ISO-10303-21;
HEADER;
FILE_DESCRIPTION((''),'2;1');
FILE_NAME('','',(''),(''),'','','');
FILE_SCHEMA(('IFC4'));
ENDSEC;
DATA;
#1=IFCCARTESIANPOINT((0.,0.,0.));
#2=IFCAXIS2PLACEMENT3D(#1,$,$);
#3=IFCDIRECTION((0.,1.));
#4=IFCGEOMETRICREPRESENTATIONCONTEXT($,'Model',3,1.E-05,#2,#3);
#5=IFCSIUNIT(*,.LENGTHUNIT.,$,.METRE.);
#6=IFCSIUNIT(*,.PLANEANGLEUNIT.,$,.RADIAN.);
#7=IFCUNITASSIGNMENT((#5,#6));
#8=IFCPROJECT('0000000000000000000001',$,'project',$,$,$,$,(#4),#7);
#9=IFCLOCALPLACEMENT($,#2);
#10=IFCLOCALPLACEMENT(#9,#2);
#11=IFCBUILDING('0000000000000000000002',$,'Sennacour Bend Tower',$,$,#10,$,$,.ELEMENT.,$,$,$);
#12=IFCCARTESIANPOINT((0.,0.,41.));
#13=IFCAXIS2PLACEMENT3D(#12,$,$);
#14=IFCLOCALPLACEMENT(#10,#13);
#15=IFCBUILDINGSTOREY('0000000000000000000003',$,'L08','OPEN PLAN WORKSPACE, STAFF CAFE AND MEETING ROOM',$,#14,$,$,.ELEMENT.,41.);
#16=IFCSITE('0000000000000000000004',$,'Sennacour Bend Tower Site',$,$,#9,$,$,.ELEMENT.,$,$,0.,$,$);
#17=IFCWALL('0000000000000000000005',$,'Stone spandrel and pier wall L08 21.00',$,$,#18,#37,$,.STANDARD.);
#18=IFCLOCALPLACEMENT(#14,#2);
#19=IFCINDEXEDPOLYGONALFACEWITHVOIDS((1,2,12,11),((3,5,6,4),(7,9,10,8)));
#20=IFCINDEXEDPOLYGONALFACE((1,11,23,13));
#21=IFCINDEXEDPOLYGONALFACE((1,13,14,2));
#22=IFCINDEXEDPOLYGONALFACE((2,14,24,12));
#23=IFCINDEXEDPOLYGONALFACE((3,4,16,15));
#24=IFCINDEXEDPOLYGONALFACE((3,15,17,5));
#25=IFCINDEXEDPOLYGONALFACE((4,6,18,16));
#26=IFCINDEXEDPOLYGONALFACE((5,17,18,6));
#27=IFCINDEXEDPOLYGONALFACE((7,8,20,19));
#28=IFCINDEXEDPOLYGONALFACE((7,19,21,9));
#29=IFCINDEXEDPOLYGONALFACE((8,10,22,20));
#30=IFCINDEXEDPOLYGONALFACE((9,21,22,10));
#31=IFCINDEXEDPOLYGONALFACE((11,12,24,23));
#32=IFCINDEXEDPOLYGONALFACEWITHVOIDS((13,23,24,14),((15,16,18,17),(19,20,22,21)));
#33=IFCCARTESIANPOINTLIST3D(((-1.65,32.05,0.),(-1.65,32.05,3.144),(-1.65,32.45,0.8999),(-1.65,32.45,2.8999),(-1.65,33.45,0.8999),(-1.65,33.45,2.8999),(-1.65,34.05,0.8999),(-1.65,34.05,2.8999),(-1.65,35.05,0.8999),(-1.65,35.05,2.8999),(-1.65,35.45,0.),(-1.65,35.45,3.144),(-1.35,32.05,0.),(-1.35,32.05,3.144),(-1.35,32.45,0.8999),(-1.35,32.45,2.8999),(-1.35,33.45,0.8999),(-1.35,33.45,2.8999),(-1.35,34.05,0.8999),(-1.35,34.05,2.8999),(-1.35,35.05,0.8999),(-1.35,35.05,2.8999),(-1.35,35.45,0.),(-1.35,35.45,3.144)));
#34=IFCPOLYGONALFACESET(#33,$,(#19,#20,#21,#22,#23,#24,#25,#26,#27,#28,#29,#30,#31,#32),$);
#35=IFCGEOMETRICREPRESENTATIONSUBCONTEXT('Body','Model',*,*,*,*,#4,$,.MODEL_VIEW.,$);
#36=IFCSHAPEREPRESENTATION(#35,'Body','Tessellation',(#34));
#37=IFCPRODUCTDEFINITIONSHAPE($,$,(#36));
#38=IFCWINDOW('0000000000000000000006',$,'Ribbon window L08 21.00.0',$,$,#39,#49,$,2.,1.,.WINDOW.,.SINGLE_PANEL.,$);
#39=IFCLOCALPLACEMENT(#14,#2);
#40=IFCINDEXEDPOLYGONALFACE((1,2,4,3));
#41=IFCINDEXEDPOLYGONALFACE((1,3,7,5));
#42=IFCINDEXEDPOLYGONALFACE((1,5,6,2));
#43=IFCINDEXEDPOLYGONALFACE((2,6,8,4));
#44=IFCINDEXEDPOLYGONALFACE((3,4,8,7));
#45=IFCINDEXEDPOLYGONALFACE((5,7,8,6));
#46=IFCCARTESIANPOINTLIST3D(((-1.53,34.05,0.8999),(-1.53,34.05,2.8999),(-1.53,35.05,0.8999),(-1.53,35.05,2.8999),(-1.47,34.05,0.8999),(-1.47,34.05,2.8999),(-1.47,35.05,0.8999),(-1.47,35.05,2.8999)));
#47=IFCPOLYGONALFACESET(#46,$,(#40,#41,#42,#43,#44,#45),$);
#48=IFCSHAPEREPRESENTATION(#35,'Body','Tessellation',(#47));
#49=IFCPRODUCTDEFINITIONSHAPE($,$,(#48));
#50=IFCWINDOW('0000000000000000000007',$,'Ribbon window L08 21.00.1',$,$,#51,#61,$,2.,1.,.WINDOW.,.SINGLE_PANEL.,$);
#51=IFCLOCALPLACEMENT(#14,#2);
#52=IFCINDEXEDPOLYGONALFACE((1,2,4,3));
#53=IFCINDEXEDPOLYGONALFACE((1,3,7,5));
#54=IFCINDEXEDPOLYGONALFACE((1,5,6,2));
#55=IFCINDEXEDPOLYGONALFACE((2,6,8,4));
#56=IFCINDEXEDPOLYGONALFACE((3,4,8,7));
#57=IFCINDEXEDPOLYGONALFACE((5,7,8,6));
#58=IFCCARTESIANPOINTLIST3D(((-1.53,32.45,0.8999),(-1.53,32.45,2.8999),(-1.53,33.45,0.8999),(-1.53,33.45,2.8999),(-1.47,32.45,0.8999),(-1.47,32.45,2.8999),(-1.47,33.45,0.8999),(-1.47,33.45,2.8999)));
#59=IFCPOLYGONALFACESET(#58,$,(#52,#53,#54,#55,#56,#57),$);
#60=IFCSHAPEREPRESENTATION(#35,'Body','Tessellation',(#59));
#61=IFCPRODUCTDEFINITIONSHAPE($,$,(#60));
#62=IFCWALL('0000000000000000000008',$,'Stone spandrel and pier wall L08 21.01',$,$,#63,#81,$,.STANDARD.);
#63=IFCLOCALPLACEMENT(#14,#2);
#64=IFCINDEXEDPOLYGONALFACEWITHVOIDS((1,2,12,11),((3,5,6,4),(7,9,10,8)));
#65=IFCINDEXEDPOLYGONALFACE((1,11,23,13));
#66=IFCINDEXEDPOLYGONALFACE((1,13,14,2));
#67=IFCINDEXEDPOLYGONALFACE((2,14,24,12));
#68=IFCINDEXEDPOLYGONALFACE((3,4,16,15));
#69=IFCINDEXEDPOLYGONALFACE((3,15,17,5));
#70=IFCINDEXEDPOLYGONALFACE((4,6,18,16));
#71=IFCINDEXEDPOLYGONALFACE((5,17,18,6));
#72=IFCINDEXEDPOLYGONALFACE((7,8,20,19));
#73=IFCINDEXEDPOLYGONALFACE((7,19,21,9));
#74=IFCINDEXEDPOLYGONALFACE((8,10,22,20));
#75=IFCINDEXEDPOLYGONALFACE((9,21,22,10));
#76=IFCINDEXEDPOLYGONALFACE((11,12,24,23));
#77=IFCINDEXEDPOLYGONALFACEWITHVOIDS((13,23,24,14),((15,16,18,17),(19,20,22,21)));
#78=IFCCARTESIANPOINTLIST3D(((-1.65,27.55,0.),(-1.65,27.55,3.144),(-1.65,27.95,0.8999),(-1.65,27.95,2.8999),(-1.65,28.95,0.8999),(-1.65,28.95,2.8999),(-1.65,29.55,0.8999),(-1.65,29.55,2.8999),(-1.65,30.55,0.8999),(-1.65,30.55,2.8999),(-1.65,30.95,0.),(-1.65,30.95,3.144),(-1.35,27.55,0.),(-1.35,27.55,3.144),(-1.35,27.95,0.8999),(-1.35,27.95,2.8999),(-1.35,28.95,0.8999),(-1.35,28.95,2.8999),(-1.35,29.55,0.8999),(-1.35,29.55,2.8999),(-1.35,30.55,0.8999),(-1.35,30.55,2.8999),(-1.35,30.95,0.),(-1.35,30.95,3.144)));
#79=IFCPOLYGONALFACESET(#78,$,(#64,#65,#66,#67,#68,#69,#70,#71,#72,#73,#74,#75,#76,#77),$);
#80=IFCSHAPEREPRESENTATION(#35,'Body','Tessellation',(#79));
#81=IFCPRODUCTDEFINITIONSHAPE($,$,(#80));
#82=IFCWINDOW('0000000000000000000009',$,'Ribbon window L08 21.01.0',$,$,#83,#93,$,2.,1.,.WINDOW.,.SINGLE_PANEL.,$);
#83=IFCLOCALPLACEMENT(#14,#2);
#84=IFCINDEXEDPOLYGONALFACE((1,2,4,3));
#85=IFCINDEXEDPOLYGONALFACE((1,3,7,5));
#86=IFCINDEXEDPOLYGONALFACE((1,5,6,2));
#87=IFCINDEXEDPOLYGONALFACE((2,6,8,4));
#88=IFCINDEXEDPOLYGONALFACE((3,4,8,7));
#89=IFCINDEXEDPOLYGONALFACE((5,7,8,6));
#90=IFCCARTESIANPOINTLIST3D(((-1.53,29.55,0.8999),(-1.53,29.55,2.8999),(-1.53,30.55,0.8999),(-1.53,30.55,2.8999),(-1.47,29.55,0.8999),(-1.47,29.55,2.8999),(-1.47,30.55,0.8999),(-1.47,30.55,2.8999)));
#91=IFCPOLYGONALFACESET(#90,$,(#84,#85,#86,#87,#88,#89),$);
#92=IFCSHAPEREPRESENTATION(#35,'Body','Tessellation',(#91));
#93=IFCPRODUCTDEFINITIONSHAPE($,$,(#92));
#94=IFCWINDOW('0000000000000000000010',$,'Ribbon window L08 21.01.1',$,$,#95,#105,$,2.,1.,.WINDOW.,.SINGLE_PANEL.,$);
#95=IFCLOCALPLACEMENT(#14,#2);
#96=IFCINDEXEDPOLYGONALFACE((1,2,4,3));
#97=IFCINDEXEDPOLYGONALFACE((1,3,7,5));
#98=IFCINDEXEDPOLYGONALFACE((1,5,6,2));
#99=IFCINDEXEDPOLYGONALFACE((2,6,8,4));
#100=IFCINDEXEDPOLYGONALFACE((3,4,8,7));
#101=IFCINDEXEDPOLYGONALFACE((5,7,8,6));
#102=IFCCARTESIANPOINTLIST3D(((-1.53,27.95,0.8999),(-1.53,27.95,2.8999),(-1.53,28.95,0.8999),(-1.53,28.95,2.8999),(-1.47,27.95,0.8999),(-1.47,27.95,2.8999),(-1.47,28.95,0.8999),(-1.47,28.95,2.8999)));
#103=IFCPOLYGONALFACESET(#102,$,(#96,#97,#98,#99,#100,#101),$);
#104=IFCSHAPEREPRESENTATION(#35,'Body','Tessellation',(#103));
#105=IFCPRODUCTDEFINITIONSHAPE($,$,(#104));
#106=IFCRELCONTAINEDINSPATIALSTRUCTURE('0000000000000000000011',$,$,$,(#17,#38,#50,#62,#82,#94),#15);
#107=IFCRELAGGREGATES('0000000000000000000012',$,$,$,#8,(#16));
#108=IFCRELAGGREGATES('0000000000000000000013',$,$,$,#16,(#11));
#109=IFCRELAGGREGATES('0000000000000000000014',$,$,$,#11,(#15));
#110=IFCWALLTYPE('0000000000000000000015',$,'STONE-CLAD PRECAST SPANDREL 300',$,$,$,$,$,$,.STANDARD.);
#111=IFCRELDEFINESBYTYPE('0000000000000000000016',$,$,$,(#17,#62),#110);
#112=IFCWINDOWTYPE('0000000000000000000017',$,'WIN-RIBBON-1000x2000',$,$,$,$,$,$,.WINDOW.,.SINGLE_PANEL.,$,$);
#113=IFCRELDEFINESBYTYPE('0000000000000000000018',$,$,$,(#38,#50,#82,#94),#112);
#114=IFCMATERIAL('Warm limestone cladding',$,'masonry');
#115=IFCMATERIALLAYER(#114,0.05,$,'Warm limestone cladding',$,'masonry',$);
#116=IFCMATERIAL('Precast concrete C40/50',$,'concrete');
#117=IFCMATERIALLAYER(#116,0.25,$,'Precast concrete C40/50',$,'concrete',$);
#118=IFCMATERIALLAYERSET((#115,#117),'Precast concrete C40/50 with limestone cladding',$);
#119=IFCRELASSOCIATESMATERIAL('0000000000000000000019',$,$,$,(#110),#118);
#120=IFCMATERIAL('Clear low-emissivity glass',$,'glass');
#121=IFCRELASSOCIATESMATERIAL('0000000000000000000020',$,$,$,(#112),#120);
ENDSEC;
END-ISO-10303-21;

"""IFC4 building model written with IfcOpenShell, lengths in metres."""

from ifc_helpers import new_model, si_unit, direction, frame, frame_2d, origin, place, context, subcontext, project, spatial, rectangle, extrude, material, layer, layer_set, type_object, element, fill, save


model = new_model("IFC4")

# Units and contexts
model_context = context("Model", 3, precision=1e-05, world=origin(), true_north=direction((0.0, 1.0)))
body_context = subcontext(model_context, "Body", "Model", "MODEL_VIEW")
ifc_project = project(units=[si_unit("LENGTHUNIT", "METRE"), si_unit("PLANEANGLEUNIT", "RADIAN")], contexts=[model_context])

# Site, building, storey
site_placement = place(None, origin())
site = spatial("IfcSite", under=ifc_project, at=site_placement, Name="Sennacour Bend Tower Site", CompositionType="ELEMENT", RefElevation=0.0)
building_placement = place(site_placement, origin())
building = spatial("IfcBuilding", under=site, at=building_placement, Name="Sennacour Bend Tower", CompositionType="ELEMENT")
storey_placement = place(building_placement, frame((0.0, 0.0, 41.0)))
storey = spatial("IfcBuildingStorey", under=building, at=storey_placement, Name="L08", Description="OPEN PLAN WORKSPACE, STAFF CAFE AND MEETING ROOM", CompositionType="ELEMENT", Elevation=41.0)

# Shared definitions
ifc_material_1 = material(Name="Warm limestone cladding", Category="masonry")
ifc_layer_1 = layer(ifc_material_1, 0.05, Name="Warm limestone cladding", Category="masonry")
ifc_material_2 = material(Name="Precast concrete C40/50", Category="concrete")
ifc_layer_2 = layer(ifc_material_2, 0.25, Name="Precast concrete C40/50", Category="concrete")
ifc_layer_set_1 = layer_set([ifc_layer_1, ifc_layer_2], Name="Precast concrete C40/50 with limestone cladding")
wall_type_1 = type_object("IfcWallType", Name="STONE-CLAD PRECAST SPANDREL 300", PredefinedType="STANDARD", material=ifc_layer_set_1)

# Walls, openings, windows
wall_1_placement = place(storey_placement, frame((-1.5, 35.45, 0.0), z_axis=(0.0, 0.0, 1.0), x_axis=(0.0, -1.0, 0.0)))
wall_1 = element("IfcWall", 1, at=wall_1_placement, inside=storey, type_object=wall_type_1, Name="Stone spandrel and pier wall L08 21.00", PredefinedType="STANDARD", context=body_context, shape_type="SweptSolid", body=[
    extrude(rectangle(XDim=3.3999, YDim=0.3, at=frame_2d((1.7, 0.0))), origin(), (0.0, 0.0, 1.0), 3.144),
])
opening_1_placement = place(wall_1_placement, frame((0.3999, 0.0, 0.8999)))
opening_1 = element("IfcOpeningElement", 2, at=opening_1_placement, cuts=wall_1, PredefinedType="OPENING", context=body_context, shape_type="SweptSolid", body=[
    extrude(rectangle(XDim=1.0, YDim=2.0, at=frame_2d((0.5, 1.0))), frame((0.0, 0.1602, 0.0), z_axis=(0.0, -1.0, 0.0), x_axis=(1.0, 0.0, 0.0)), (0.0, 0.0, 1.0), 0.3201),
])
opening_2_placement = place(wall_1_placement, frame((2.0, 0.0, 0.8999)))
opening_2 = element("IfcOpeningElement", 3, at=opening_2_placement, cuts=wall_1, PredefinedType="OPENING", context=body_context, shape_type="SweptSolid", body=[
    extrude(rectangle(XDim=1.0, YDim=2.0, at=frame_2d((0.5, 1.0))), frame((0.0, 0.1602, 0.0), z_axis=(0.0, -1.0, 0.0), x_axis=(1.0, 0.0, 0.0)), (0.0, 0.0, 1.0), 0.3201),
])
ifc_material_3 = material(Name="Clear low-emissivity glass", Category="glass")
window_type = type_object("IfcWindowType", Name="WIN-RIBBON-1000x2000", PartitioningType="SINGLE_PANEL", PredefinedType="WINDOW", material=ifc_material_3)
window_1_placement = place(opening_1_placement, origin())
window_1 = element("IfcWindow", 4, at=window_1_placement, inside=storey, type_object=window_type, Name="Ribbon window L08 21.00.0", OverallHeight=2.0, OverallWidth=1.0, PartitioningType="SINGLE_PANEL", PredefinedType="WINDOW", context=body_context, shape_type="SweptSolid", body=[
    extrude(rectangle(XDim=1.0, YDim=2.0, at=frame_2d((0.5, 1.0))), frame((0.0, 0.03, 0.0), z_axis=(0.0, -1.0, 0.0), x_axis=(1.0, 0.0, 0.0)), (0.0, 0.0, 1.0), 0.0601),
])
fill(opening_1, window_1)
window_2_placement = place(opening_2_placement, origin())
window_2 = element("IfcWindow", 5, at=window_2_placement, inside=storey, type_object=window_type, Name="Ribbon window L08 21.00.1", OverallHeight=2.0, OverallWidth=1.0, PartitioningType="SINGLE_PANEL", PredefinedType="WINDOW", context=body_context, shape_type="SweptSolid", body=[
    extrude(rectangle(XDim=1.0, YDim=2.0, at=frame_2d((0.5, 1.0))), frame((0.0, 0.03, 0.0), z_axis=(0.0, -1.0, 0.0), x_axis=(1.0, 0.0, 0.0)), (0.0, 0.0, 1.0), 0.0601),
])
fill(opening_2, window_2)
wall_2_placement = place(storey_placement, frame((-1.5, 30.95, 0.0), z_axis=(0.0, 0.0, 1.0), x_axis=(0.0, -1.0, 0.0)))
wall_2 = element("IfcWall", 6, at=wall_2_placement, inside=storey, type_object=wall_type_1, Name="Stone spandrel and pier wall L08 21.01", PredefinedType="STANDARD", context=body_context, shape_type="SweptSolid", body=[
    extrude(rectangle(XDim=3.3999, YDim=0.3, at=frame_2d((1.7, 0.0))), origin(), (0.0, 0.0, 1.0), 3.144),
])
opening_3_placement = place(wall_2_placement, frame((0.3999, 0.0, 0.8999)))
opening_3 = element("IfcOpeningElement", 7, at=opening_3_placement, cuts=wall_2, PredefinedType="OPENING", context=body_context, shape_type="SweptSolid", body=[
    extrude(rectangle(XDim=1.0, YDim=2.0, at=frame_2d((0.5, 1.0))), frame((0.0, 0.1602, 0.0), z_axis=(0.0, -1.0, 0.0), x_axis=(1.0, 0.0, 0.0)), (0.0, 0.0, 1.0), 0.3201),
])
opening_4_placement = place(wall_2_placement, frame((2.0, 0.0, 0.8999)))
opening_4 = element("IfcOpeningElement", 8, at=opening_4_placement, cuts=wall_2, PredefinedType="OPENING", context=body_context, shape_type="SweptSolid", body=[
    extrude(rectangle(XDim=1.0, YDim=2.0, at=frame_2d((0.5, 1.0))), frame((0.0, 0.1602, 0.0), z_axis=(0.0, -1.0, 0.0), x_axis=(1.0, 0.0, 0.0)), (0.0, 0.0, 1.0), 0.3201),
])
window_3_placement = place(opening_3_placement, origin())
window_3 = element("IfcWindow", 9, at=window_3_placement, inside=storey, type_object=window_type, Name="Ribbon window L08 21.01.0", OverallHeight=2.0, OverallWidth=1.0, PartitioningType="SINGLE_PANEL", PredefinedType="WINDOW", context=body_context, shape_type="SweptSolid", body=[
    extrude(rectangle(XDim=1.0, YDim=2.0, at=frame_2d((0.5, 1.0))), frame((0.0, 0.03, 0.0), z_axis=(0.0, -1.0, 0.0), x_axis=(1.0, 0.0, 0.0)), (0.0, 0.0, 1.0), 0.0601),
])
fill(opening_3, window_3)
window_4_placement = place(opening_4_placement, origin())
window_4 = element("IfcWindow", 10, at=window_4_placement, inside=storey, type_object=window_type, Name="Ribbon window L08 21.01.1", OverallHeight=2.0, OverallWidth=1.0, PartitioningType="SINGLE_PANEL", PredefinedType="WINDOW", context=body_context, shape_type="SweptSolid", body=[
    extrude(rectangle(XDim=1.0, YDim=2.0, at=frame_2d((0.5, 1.0))), frame((0.0, 0.03, 0.0), z_axis=(0.0, -1.0, 0.0), x_axis=(1.0, 0.0, 0.0)), (0.0, 0.0, 1.0), 0.0601),
])
fill(opening_4, window_4)

save(model, "model.ifc")
